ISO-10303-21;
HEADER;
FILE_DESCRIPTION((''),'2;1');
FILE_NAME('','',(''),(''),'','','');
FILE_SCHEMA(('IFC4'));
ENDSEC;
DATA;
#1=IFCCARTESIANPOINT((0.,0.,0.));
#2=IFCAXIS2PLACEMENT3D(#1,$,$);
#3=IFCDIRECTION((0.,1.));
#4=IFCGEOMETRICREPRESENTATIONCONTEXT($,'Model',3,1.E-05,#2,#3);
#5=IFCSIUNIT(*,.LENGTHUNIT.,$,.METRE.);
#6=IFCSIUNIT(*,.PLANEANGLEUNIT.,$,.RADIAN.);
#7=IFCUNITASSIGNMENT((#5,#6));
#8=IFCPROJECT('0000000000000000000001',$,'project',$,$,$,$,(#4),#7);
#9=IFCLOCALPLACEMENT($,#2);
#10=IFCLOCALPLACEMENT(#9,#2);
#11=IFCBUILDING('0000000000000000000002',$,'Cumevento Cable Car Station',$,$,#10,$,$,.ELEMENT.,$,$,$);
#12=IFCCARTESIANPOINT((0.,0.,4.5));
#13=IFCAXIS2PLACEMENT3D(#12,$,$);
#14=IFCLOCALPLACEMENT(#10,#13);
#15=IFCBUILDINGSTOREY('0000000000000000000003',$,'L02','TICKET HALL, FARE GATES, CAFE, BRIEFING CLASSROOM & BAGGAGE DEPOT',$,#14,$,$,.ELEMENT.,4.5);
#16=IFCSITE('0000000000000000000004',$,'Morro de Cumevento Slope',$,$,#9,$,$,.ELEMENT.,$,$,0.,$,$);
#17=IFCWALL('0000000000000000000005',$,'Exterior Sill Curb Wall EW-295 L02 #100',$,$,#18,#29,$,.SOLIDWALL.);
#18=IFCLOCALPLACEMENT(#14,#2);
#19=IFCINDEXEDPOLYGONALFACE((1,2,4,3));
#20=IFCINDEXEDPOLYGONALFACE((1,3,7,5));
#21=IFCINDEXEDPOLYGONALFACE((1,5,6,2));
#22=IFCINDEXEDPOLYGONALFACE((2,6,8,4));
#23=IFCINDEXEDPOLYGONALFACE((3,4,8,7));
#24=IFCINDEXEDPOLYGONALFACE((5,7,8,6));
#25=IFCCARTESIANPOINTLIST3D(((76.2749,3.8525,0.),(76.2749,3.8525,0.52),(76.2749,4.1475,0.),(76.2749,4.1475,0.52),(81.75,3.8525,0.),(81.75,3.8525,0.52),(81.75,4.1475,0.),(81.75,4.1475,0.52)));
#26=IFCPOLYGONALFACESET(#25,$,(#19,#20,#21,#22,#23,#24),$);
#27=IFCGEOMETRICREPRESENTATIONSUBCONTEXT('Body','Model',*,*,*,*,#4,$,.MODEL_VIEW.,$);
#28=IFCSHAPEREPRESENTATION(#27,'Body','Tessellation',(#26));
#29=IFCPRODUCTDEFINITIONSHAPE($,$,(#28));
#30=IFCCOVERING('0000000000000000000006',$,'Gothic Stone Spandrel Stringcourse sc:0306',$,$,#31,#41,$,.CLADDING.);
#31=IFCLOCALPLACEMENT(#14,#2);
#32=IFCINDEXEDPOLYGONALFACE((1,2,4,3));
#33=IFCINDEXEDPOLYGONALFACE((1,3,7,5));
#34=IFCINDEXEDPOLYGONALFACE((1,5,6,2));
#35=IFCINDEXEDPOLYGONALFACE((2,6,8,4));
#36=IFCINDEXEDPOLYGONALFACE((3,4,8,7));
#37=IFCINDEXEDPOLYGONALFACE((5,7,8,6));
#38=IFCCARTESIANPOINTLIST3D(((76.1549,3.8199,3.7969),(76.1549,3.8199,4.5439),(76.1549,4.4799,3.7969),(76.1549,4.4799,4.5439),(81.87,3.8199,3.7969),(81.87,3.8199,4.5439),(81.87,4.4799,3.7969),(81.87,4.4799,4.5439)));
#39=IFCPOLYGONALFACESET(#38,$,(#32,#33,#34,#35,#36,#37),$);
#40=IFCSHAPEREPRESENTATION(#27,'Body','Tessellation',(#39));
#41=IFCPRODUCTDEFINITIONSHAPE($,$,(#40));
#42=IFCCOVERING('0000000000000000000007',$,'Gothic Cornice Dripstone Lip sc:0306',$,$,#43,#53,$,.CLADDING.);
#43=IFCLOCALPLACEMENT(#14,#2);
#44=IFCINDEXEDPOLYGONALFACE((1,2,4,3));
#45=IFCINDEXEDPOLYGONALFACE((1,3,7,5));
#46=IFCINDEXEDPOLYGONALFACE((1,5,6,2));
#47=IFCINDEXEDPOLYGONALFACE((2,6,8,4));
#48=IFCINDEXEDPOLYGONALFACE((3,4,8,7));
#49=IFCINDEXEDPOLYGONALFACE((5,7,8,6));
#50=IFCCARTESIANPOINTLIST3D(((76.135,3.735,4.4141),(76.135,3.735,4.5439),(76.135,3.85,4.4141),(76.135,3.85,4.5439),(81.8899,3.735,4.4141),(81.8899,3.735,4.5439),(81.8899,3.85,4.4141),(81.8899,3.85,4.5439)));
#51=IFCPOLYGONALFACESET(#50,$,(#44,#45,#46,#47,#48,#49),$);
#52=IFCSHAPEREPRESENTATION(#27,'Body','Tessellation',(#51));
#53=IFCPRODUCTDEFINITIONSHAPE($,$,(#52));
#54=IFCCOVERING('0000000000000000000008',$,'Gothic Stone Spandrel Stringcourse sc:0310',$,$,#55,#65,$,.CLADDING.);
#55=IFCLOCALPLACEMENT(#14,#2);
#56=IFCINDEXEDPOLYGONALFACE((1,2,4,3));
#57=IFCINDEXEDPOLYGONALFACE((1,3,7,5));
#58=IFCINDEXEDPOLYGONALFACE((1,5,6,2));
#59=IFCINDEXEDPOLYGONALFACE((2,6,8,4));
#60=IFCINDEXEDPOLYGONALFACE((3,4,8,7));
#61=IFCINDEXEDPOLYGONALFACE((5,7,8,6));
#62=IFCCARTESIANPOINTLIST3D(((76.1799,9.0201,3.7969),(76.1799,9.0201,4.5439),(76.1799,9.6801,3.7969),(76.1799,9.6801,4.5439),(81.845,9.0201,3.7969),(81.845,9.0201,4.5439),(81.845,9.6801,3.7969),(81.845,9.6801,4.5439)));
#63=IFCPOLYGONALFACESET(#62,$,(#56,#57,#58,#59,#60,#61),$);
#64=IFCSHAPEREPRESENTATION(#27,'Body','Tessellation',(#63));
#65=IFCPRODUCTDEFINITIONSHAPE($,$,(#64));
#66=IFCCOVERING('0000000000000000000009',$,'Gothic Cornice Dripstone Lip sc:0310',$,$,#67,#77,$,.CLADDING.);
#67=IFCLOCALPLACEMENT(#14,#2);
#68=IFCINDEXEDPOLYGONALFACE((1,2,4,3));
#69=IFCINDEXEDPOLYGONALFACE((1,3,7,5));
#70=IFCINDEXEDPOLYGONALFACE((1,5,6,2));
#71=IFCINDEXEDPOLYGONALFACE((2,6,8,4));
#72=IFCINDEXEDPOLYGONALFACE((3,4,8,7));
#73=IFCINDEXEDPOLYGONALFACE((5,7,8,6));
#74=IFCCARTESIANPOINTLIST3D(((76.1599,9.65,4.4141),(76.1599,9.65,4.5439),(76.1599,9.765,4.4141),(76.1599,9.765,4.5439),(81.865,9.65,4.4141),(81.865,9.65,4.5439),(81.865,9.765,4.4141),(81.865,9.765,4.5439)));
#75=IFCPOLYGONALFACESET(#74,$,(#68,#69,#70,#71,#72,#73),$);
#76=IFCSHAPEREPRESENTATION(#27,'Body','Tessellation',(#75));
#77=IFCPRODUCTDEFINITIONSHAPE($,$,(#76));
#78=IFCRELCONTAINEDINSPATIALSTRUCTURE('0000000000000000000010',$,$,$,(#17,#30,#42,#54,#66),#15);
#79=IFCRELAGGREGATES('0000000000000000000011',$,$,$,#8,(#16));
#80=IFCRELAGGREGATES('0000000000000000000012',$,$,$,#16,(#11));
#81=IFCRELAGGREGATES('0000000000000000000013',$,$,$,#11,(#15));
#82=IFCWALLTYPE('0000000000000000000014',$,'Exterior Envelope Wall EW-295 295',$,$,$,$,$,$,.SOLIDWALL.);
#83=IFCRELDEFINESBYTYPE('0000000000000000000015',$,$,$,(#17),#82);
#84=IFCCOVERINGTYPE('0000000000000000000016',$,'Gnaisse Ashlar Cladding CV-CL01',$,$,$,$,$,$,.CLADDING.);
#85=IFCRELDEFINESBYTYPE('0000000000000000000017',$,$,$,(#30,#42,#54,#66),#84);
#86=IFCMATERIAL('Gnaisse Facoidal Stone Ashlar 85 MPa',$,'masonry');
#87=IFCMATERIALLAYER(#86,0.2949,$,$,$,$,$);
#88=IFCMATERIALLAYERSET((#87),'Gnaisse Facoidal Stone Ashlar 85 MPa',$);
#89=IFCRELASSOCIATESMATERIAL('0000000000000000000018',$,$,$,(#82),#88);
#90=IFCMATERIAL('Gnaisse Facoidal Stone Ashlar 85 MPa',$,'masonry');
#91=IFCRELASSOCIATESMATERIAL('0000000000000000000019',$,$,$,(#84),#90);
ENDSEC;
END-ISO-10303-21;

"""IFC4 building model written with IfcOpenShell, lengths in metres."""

from ifc_helpers import new_model, si_unit, direction, frame, frame_2d, origin, origin_2d, place, context, subcontext, project, spatial, rectangle, extrude, material, layer, layer_set, type_object, element, save


model = new_model("IFC4")

# Units and contexts
model_context = context("Model", 3, precision=1e-05, world=origin(), true_north=direction((0.0, 1.0)))
body_context = subcontext(model_context, "Body", "Model", "MODEL_VIEW")
ifc_project = project(units=[si_unit("LENGTHUNIT", "METRE"), si_unit("PLANEANGLEUNIT", "RADIAN")], contexts=[model_context])

# Site, building, storey
site_placement = place(None, origin())
site = spatial("IfcSite", under=ifc_project, at=site_placement, Name="Morro de Cumevento Slope", CompositionType="ELEMENT", RefElevation=0.0)
building_placement = place(site_placement, origin())
building = spatial("IfcBuilding", under=site, at=building_placement, Name="Cumevento Cable Car Station", CompositionType="ELEMENT")
storey_placement = place(building_placement, frame((0.0, 0.0, 4.5)))
storey = spatial("IfcBuildingStorey", under=building, at=storey_placement, Name="L02", Description="TICKET HALL, FARE GATES, CAFE, BRIEFING CLASSROOM & BAGGAGE DEPOT", CompositionType="ELEMENT", Elevation=4.5)

# Wall
ifc_material_1 = material(Name="Gnaisse Facoidal Stone Ashlar 85 MPa", Category="masonry")
ifc_layer_1 = layer(ifc_material_1, 0.2949)
ifc_layer_set_1 = layer_set([ifc_layer_1], Name="Gnaisse Facoidal Stone Ashlar 85 MPa")
wall_type = type_object("IfcWallType", Name="Exterior Envelope Wall EW-295 295", PredefinedType="SOLIDWALL", material=ifc_layer_set_1)
wall_placement = place(storey_placement, frame((81.75, 4.0, 0.0), z_axis=(0.0, 0.0, 1.0), x_axis=(-1.0, 0.0, 0.0)))
element("IfcWall", 1, at=wall_placement, inside=storey, type_object=wall_type, Name="Exterior Sill Curb Wall EW-295 L02 #100", PredefinedType="SOLIDWALL", context=body_context, shape_type="SweptSolid", body=[
    extrude(rectangle(XDim=5.4751, YDim=0.2949, at=frame_2d((2.7375, 0.0))), origin(), (0.0, 0.0, 1.0), 0.52),
])

# Coverings
ifc_material_2 = material(Name="Gnaisse Facoidal Stone Ashlar 85 MPa", Category="masonry")
covering_type = type_object("IfcCoveringType", Name="Gnaisse Ashlar Cladding CV-CL01", PredefinedType="CLADDING", material=ifc_material_2)
covering_1_placement = place(storey_placement, frame((79.0125, 4.1499, 3.7969), z_axis=(0.0, 0.0, 1.0), x_axis=(-1.0, 0.0, 0.0)))
element("IfcCovering", 2, at=covering_1_placement, inside=storey, type_object=covering_type, Name="Gothic Stone Spandrel Stringcourse sc:0306", PredefinedType="CLADDING", context=body_context, shape_type="SweptSolid", body=[
    extrude(rectangle(XDim=5.7151, YDim=0.6599, at=origin_2d()), origin(), (0.0, 0.0, 1.0), 0.7471),
])
covering_2_placement = place(storey_placement, frame((79.0125, 3.7925, 4.4141), z_axis=(0.0, 0.0, 1.0), x_axis=(-1.0, 0.0, 0.0)))
element("IfcCovering", 3, at=covering_2_placement, inside=storey, type_object=covering_type, Name="Gothic Cornice Dripstone Lip sc:0306", PredefinedType="CLADDING", context=body_context, shape_type="SweptSolid", body=[
    extrude(rectangle(XDim=5.7549, YDim=0.115, at=origin_2d()), origin(), (0.0, 0.0, 1.0), 0.1299),
])
covering_3_placement = place(storey_placement, frame((79.0125, 9.3501, 3.7969), z_axis=(0.0, 0.0, 1.0), x_axis=(1.0, 0.0, 0.0)))
element("IfcCovering", 4, at=covering_3_placement, inside=storey, type_object=covering_type, Name="Gothic Stone Spandrel Stringcourse sc:0310", PredefinedType="CLADDING", context=body_context, shape_type="SweptSolid", body=[
    extrude(rectangle(XDim=5.665, YDim=0.6599, at=origin_2d()), origin(), (0.0, 0.0, 1.0), 0.7471),
])
covering_4_placement = place(storey_placement, frame((79.0125, 9.7075, 4.4141), z_axis=(0.0, 0.0, 1.0), x_axis=(1.0, 0.0, 0.0)))
element("IfcCovering", 5, at=covering_4_placement, inside=storey, type_object=covering_type, Name="Gothic Cornice Dripstone Lip sc:0310", PredefinedType="CLADDING", context=body_context, shape_type="SweptSolid", body=[
    extrude(rectangle(XDim=5.7051, YDim=0.115, at=origin_2d()), origin(), (0.0, 0.0, 1.0), 0.1299),
])

save(model, "model.ifc")
